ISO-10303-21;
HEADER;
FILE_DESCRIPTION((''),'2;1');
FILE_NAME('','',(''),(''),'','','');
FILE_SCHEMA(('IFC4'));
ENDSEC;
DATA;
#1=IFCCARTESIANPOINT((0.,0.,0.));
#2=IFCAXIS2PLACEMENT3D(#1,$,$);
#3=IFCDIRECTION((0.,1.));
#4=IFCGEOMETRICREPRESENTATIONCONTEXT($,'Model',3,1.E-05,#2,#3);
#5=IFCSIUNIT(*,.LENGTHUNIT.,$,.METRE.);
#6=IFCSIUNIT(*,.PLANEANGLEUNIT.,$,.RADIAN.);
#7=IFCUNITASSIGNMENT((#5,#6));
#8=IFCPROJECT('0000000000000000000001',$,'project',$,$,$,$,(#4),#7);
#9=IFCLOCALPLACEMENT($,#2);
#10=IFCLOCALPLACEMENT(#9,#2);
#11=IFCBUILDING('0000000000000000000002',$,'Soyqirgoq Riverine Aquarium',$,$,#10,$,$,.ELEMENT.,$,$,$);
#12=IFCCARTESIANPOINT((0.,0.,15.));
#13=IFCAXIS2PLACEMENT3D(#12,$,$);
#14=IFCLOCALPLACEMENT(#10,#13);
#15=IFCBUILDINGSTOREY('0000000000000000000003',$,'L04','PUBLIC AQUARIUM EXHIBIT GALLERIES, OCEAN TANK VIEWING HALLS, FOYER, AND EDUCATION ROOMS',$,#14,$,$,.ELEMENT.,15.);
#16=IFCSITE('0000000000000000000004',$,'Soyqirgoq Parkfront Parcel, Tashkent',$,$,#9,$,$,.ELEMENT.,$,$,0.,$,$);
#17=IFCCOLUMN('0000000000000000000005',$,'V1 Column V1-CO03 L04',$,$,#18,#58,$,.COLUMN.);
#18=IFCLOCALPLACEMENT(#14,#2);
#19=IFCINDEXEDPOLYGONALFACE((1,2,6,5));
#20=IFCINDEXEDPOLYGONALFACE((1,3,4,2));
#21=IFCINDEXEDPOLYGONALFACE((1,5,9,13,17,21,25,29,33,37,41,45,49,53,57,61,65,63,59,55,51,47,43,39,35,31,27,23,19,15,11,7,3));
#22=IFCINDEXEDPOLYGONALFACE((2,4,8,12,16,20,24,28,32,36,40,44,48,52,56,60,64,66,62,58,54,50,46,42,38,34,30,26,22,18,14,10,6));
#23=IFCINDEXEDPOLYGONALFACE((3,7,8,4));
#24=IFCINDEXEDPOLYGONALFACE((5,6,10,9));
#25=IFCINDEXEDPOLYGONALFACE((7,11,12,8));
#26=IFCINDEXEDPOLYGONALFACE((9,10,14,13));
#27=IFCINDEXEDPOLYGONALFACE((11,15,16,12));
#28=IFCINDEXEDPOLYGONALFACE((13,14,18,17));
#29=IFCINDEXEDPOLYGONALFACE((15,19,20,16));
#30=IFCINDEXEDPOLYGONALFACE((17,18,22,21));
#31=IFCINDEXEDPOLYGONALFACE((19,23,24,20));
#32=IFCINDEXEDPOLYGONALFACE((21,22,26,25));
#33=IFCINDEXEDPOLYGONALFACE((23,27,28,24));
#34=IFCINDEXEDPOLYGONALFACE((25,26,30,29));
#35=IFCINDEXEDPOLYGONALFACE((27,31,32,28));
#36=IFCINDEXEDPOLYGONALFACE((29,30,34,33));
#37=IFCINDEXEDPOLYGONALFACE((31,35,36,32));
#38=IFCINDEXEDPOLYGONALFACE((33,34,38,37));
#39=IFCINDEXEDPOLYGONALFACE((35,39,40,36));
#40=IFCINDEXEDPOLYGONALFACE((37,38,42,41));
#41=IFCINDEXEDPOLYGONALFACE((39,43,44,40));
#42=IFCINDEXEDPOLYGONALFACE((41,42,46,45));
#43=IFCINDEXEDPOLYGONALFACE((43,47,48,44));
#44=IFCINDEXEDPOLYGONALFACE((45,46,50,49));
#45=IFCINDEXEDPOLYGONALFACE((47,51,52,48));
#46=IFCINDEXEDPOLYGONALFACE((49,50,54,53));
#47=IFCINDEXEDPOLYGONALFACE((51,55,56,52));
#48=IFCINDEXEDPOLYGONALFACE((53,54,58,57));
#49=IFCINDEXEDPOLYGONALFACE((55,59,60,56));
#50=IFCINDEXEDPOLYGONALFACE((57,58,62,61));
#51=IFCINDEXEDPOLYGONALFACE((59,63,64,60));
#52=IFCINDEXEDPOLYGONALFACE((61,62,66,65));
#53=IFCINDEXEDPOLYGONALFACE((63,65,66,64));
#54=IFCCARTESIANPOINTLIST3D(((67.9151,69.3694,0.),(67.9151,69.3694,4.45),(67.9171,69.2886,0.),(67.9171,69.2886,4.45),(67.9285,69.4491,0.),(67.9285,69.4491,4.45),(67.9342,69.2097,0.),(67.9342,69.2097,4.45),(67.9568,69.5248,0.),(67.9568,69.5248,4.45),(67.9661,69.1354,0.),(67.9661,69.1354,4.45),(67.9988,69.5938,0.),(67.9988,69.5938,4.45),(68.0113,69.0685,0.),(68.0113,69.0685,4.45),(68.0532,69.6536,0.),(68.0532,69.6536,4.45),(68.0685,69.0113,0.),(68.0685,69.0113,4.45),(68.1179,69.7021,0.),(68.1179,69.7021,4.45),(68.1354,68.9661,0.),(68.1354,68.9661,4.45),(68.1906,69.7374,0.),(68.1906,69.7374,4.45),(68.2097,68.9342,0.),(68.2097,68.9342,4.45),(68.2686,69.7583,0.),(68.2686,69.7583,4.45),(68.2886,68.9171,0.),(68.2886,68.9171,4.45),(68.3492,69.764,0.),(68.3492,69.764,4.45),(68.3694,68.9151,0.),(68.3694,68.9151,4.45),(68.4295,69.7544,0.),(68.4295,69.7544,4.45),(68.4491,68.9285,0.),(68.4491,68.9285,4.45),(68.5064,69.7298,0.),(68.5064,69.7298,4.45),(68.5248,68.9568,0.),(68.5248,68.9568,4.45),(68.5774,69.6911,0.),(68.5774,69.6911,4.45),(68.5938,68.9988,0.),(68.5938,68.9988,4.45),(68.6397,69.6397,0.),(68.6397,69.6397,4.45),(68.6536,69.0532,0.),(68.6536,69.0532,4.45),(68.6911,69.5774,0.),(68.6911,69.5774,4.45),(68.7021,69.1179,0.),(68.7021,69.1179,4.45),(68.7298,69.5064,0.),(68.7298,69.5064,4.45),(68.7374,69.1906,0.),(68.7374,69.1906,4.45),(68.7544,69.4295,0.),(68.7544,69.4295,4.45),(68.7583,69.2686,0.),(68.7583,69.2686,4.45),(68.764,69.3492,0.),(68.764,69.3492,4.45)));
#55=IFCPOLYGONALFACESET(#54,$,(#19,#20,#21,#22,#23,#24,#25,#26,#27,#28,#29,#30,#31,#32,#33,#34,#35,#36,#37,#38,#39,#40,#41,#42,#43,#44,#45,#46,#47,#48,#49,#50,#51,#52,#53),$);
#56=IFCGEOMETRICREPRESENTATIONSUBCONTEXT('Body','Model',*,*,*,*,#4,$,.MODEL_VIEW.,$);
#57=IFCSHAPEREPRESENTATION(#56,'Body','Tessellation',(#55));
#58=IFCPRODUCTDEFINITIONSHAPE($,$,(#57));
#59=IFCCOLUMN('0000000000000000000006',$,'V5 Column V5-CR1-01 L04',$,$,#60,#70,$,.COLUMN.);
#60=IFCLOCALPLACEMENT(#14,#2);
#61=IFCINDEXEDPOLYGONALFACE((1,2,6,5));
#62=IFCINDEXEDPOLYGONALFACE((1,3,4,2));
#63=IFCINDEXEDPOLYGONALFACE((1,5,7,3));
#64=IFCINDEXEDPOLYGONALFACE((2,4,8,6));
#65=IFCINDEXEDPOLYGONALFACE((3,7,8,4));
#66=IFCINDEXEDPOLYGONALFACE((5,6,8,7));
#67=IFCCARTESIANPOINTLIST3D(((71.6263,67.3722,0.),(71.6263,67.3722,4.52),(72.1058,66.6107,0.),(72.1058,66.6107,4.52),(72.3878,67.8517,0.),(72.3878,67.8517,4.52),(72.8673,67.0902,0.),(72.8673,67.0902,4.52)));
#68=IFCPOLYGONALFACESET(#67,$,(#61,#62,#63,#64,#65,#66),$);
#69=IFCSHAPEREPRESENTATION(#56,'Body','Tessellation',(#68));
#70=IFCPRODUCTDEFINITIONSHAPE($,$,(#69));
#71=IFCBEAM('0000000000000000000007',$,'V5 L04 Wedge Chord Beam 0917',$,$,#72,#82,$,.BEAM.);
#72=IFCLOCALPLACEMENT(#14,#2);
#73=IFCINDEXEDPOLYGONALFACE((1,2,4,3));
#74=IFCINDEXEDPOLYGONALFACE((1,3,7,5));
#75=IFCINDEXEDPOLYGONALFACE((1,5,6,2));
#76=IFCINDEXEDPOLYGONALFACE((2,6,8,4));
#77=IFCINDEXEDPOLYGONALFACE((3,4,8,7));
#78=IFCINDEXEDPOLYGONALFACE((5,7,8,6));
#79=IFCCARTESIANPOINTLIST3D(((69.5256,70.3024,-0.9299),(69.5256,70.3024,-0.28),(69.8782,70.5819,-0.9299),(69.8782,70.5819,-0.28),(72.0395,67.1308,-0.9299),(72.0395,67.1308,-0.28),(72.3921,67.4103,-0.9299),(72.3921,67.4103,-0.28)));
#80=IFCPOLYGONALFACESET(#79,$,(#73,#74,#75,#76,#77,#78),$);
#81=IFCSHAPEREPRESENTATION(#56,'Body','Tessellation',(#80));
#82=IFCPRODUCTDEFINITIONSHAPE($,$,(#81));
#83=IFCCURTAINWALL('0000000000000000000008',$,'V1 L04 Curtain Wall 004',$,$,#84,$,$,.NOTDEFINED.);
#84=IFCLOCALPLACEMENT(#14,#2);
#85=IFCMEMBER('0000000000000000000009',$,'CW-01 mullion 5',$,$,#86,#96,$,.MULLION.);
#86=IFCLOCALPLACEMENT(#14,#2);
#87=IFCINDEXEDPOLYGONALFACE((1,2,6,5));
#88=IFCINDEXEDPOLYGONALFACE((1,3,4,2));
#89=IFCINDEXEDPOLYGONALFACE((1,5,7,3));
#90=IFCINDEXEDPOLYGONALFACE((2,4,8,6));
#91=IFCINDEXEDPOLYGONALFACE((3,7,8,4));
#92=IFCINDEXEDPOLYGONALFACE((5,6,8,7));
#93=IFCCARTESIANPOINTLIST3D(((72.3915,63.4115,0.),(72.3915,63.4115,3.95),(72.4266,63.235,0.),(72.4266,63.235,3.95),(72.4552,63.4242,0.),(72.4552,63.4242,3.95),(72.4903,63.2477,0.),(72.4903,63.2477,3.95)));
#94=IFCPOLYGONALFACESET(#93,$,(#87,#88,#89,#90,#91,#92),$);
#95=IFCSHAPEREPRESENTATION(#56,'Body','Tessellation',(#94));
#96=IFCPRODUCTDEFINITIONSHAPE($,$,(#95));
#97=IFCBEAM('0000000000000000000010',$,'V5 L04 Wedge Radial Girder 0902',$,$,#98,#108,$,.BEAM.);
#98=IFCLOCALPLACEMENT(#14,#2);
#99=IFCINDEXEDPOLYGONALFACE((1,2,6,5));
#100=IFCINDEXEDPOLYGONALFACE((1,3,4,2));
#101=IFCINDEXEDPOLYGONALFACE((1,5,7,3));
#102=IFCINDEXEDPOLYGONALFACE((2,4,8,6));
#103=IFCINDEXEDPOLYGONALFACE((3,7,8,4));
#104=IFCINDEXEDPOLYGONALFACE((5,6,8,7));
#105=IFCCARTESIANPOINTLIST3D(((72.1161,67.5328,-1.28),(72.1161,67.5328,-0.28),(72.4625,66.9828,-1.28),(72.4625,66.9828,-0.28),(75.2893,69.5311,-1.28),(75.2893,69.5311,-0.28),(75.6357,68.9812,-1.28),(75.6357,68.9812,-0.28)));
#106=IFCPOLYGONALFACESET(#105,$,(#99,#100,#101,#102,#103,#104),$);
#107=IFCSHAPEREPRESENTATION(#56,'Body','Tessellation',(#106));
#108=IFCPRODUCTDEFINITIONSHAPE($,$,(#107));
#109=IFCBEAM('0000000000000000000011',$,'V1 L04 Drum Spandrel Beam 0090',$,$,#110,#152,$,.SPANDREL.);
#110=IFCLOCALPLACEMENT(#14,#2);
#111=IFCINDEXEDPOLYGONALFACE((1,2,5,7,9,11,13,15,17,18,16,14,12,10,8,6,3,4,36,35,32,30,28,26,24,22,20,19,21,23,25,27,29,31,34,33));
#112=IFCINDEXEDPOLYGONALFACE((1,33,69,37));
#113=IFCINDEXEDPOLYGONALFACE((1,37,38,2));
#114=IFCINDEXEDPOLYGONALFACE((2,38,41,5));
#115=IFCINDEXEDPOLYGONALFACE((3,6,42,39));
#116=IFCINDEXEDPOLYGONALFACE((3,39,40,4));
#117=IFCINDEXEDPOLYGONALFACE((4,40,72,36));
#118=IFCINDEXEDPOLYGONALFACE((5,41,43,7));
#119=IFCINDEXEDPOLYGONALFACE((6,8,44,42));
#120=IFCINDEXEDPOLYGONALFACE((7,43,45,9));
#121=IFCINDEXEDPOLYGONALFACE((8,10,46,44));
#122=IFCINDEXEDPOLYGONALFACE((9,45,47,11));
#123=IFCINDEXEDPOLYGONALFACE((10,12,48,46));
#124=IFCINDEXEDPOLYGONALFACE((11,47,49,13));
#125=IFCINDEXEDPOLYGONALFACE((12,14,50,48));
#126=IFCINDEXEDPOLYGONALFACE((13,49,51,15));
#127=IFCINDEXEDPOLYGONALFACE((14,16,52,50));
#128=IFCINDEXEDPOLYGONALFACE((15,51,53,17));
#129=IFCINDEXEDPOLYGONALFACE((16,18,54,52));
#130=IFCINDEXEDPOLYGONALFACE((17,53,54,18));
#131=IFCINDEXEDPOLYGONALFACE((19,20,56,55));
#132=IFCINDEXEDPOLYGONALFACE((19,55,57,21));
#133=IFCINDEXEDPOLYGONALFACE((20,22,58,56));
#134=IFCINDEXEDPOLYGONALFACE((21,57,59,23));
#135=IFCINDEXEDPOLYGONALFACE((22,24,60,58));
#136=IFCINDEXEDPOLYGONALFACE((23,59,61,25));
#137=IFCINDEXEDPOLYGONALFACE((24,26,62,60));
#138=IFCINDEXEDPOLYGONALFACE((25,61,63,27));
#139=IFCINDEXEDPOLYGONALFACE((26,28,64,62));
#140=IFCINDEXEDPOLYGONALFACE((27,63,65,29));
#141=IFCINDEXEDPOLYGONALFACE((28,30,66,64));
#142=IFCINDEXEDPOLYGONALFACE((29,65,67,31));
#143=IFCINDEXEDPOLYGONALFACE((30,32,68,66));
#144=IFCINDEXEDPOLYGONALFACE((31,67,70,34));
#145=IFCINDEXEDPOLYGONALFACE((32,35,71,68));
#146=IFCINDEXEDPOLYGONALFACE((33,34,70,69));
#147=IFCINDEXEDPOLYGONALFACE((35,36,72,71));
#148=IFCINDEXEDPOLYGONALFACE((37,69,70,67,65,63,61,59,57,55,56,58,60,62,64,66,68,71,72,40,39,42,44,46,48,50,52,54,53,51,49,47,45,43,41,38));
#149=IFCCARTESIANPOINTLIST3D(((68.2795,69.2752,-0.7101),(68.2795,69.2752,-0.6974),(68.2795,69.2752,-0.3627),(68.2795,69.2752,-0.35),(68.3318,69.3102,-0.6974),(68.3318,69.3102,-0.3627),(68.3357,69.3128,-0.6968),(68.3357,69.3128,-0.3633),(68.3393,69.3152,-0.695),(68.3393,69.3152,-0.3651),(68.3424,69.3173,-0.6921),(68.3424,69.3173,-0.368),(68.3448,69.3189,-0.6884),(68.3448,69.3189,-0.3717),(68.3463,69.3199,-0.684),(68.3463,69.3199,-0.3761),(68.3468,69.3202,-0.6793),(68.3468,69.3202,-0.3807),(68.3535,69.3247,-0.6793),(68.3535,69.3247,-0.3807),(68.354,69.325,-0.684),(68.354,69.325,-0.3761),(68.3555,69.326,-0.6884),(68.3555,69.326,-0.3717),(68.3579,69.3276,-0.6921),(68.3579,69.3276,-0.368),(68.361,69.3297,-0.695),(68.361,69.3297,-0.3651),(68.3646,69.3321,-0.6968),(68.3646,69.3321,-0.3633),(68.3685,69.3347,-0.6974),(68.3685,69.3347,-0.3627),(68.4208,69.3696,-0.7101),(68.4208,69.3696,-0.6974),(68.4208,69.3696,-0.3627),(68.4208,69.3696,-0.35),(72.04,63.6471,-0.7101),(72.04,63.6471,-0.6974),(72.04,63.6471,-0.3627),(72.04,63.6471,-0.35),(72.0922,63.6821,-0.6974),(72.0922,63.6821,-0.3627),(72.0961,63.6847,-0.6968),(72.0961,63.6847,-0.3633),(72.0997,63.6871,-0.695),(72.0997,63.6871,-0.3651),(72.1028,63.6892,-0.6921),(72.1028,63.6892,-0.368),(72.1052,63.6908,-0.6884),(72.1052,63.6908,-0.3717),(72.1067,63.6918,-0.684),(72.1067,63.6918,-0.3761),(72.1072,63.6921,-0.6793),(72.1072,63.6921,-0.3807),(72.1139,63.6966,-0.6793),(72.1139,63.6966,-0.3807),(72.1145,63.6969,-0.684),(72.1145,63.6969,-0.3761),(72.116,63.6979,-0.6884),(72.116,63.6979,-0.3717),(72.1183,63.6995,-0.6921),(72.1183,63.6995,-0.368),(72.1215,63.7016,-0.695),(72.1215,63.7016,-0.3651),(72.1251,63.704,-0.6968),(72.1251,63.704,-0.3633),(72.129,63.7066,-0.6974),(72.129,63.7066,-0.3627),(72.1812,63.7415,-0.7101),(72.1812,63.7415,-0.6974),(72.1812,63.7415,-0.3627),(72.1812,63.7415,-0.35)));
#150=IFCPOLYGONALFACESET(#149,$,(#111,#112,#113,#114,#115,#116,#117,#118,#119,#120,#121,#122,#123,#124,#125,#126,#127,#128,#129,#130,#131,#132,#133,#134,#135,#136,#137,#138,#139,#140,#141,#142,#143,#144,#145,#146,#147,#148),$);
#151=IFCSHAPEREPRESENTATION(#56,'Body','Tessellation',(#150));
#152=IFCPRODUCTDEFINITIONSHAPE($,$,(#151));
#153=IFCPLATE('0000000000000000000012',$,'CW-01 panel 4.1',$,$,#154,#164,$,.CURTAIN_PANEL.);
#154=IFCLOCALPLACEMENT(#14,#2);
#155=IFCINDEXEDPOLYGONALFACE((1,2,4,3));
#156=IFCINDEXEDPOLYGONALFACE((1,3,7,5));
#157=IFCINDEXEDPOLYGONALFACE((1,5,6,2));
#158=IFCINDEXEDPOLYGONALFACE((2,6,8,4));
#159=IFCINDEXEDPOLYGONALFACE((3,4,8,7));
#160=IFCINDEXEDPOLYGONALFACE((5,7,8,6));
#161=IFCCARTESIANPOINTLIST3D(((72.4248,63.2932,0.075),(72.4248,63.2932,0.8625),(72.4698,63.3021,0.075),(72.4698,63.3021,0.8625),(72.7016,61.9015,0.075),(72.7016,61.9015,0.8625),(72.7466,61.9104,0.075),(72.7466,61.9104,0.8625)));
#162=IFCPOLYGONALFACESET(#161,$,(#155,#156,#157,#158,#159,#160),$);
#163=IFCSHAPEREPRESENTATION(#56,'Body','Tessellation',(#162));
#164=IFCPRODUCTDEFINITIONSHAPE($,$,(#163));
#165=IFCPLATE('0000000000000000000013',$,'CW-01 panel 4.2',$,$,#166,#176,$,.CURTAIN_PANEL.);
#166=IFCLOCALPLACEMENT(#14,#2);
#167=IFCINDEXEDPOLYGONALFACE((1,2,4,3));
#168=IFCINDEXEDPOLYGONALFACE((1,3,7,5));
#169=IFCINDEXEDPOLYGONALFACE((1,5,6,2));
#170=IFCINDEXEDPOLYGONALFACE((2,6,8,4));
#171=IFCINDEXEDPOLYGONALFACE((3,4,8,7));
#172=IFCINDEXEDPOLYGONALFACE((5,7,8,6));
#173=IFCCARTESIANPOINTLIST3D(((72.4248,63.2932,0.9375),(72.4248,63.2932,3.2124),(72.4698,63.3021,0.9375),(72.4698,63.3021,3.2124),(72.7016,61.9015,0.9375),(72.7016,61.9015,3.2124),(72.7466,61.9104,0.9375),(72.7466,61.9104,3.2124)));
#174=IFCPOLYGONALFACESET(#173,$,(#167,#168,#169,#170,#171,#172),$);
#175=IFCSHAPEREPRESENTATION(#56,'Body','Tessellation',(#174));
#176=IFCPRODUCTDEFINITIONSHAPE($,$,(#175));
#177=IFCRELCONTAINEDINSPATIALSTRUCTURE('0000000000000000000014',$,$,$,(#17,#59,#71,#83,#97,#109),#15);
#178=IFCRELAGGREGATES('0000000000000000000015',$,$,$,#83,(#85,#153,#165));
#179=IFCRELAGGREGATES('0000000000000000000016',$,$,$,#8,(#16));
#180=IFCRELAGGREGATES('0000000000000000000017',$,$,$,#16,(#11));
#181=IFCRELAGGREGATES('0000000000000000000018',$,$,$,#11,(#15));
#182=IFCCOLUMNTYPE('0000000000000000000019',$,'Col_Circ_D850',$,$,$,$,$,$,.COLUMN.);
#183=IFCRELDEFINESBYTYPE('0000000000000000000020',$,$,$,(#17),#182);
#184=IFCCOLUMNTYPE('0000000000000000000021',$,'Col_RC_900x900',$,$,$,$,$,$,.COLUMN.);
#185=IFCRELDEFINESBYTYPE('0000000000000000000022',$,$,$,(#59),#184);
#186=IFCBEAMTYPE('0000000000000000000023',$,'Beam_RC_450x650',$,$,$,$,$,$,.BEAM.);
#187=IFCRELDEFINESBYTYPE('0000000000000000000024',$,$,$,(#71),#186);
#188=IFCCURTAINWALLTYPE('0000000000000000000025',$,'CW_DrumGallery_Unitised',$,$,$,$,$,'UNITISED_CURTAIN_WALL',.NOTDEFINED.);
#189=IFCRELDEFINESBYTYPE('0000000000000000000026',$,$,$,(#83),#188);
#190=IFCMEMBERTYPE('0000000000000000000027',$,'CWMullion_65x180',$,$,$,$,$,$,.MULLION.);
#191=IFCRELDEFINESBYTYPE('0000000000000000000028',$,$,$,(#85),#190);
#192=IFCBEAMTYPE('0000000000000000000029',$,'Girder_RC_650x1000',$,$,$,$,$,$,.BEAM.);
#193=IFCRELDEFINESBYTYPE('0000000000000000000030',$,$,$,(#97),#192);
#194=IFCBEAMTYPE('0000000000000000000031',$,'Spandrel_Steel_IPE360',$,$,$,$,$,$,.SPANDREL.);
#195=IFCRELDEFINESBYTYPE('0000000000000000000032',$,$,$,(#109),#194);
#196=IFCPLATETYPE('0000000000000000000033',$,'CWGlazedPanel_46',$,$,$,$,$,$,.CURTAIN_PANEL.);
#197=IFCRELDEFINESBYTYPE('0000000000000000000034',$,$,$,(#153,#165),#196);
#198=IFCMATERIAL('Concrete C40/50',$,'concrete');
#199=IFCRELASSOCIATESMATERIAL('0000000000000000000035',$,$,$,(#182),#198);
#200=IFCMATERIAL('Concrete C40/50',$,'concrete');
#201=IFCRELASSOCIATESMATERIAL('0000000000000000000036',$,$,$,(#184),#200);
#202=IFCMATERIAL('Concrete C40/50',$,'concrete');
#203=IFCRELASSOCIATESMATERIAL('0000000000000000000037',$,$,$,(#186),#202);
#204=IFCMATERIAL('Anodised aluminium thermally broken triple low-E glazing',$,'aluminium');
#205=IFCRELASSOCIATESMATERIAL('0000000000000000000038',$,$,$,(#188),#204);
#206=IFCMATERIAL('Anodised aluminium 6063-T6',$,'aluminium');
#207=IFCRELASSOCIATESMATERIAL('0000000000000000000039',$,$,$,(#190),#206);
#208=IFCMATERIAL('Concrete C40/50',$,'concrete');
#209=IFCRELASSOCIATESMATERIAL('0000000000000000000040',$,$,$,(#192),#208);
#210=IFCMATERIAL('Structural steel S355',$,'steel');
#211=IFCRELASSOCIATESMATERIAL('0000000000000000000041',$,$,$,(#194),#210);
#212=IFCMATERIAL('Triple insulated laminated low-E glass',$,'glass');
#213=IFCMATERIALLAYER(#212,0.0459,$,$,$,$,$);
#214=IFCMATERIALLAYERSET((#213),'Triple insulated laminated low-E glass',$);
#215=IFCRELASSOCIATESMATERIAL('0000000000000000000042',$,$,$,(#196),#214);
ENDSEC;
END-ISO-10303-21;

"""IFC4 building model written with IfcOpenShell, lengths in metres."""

from ifc_helpers import new_model, si_unit, direction, frame, origin, origin_2d, place, context, subcontext, project, spatial, rectangle, circle, i_section, extrude, material, layer, layer_set, material_profile, profile_set, type_object, element, aggregate, save


model = new_model("IFC4")

# Units and contexts
model_context = context("Model", 3, precision=1e-05, world=origin(), true_north=direction((0.0, 1.0)))
body_context = subcontext(model_context, "Body", "Model", "MODEL_VIEW")
ifc_project = project(units=[si_unit("LENGTHUNIT", "METRE"), si_unit("PLANEANGLEUNIT", "RADIAN")], contexts=[model_context])

# Site, building, storey
site_placement = place(None, origin())
site = spatial("IfcSite", under=ifc_project, at=site_placement, Name="Soyqirgoq Parkfront Parcel, Tashkent", CompositionType="ELEMENT", RefElevation=0.0)
building_placement = place(site_placement, origin())
building = spatial("IfcBuilding", under=site, at=building_placement, Name="Soyqirgoq Riverine Aquarium", CompositionType="ELEMENT")
storey_placement = place(building_placement, frame((0.0, 0.0, 15.0)))
storey = spatial("IfcBuildingStorey", under=building, at=storey_placement, Name="L04", Description="PUBLIC AQUARIUM EXHIBIT GALLERIES, OCEAN TANK VIEWING HALLS, FOYER, AND EDUCATION ROOMS", CompositionType="ELEMENT", Elevation=15.0)

# Columns
ifc_material_1 = material(Name="Concrete C40/50", Category="concrete")
ifc_material_profile_1 = material_profile(ifc_material_1, circle(Radius=0.425, at=origin_2d()), Name="RC-COL D850")
ifc_profile_set_1 = profile_set([ifc_material_profile_1], Name="Concrete C40/50")
column_type_1 = type_object("IfcColumnType", Name="Col_Circ_D850", PredefinedType="COLUMN", material=ifc_profile_set_1)
for number, where, z_axis, x_axis, name in (
    (1, (68.3391, 69.3391, 0.0), (0.0, 0.0, 1.0), (0.707107, 0.707107, 0.0), "V1 Column V1-CO03 L04"),
):
    element("IfcColumn", number, at=place(storey_placement, frame(where, z_axis=z_axis, x_axis=x_axis)), inside=storey, type_object=column_type_1, Name=name, PredefinedType="COLUMN", context=body_context, shape_type="SweptSolid", body=[
        extrude(circle(Radius=0.425, at=origin_2d()), origin(), (0.0, 0.0, 1.0), 4.45),
    ])
ifc_material_2 = material(Name="Concrete C40/50", Category="concrete")
ifc_material_profile_2 = material_profile(ifc_material_2, rectangle(XDim=0.8999, YDim=0.8999, at=origin_2d()), Name="RC 900x900")
ifc_profile_set_2 = profile_set([ifc_material_profile_2], Name="Concrete C40/50")
column_type_2 = type_object("IfcColumnType", Name="Col_RC_900x900", PredefinedType="COLUMN", material=ifc_profile_set_2)
column_placement = place(storey_placement, frame((72.2468, 67.2312, 0.0), z_axis=(0.0, 0.0, 1.0), x_axis=(0.846193, 0.532876, 0.0)))
element("IfcColumn", 2, at=column_placement, inside=storey, type_object=column_type_2, Name="V5 Column V5-CR1-01 L04", PredefinedType="COLUMN", context=body_context, shape_type="SweptSolid", body=[
    extrude(rectangle(XDim=0.8999, YDim=0.8999, at=origin_2d()), origin(), (0.0, 0.0, 1.0), 4.52),
])

# Beam
ifc_material_3 = material(Name="Concrete C40/50", Category="concrete")
ifc_material_profile_3 = material_profile(ifc_material_3, rectangle(XDim=0.45, YDim=0.6499, at=origin_2d()), Name="RC 450x650")
ifc_profile_set_3 = profile_set([ifc_material_profile_3], Name="Concrete C40/50")
beam_type_1 = type_object("IfcBeamType", Name="Beam_RC_450x650", PredefinedType="BEAM", material=ifc_profile_set_3)
beam_1_placement = place(storey_placement, frame((72.2158, 67.2705, -0.605), z_axis=(-0.621165, 0.78368, 0.0), x_axis=(-0.78368, -0.621165, 0.0)))
element("IfcBeam", 3, at=beam_1_placement, inside=storey, type_object=beam_type_1, Name="V5 L04 Wedge Chord Beam 0917", PredefinedType="BEAM", context=body_context, shape_type="SweptSolid", body=[
    extrude(rectangle(XDim=0.45, YDim=0.6499, at=origin_2d()), origin(), (0.0, 0.0, 1.0), 4.0471),
])

# Curtain wall, member
ifc_material_4 = material(Name="Anodised aluminium thermally broken triple low-E glazing", Category="aluminium")
curtain_wall_type = type_object("IfcCurtainWallType", Name="CW_DrumGallery_Unitised", ElementType="UNITISED_CURTAIN_WALL", PredefinedType="NOTDEFINED", material=ifc_material_4)
curtain_wall_placement = place(storey_placement, origin())
curtain_wall = element("IfcCurtainWall", 4, at=curtain_wall_placement, inside=storey, type_object=curtain_wall_type, Name="V1 L04 Curtain Wall 004", PredefinedType="NOTDEFINED")
ifc_material_5 = material(Name="Anodised aluminium 6063-T6", Category="aluminium")
ifc_material_profile_4 = material_profile(ifc_material_5, rectangle(XDim=0.0649, YDim=0.1799, at=origin_2d()), Name="ALU-M 65x180")
ifc_profile_set_4 = profile_set([ifc_material_profile_4], Name="Anodised aluminium 6063-T6")
member_type = type_object("IfcMemberType", Name="CWMullion_65x180", PredefinedType="MULLION", material=ifc_profile_set_4)
member_placement = place(storey_placement, frame((72.4409, 63.3296, 0.0), z_axis=(0.0, 0.0, 1.0), x_axis=(-0.980783, -0.195102, 0.0)))
member = element("IfcMember", 5, at=member_placement, type_object=member_type, Name="CW-01 mullion 5", PredefinedType="MULLION", context=body_context, shape_type="SweptSolid", body=[
    extrude(rectangle(XDim=0.0649, YDim=0.1799, at=origin_2d()), origin(), (0.0, 0.0, 1.0), 3.95),
])

# Beams
ifc_material_6 = material(Name="Concrete C40/50", Category="concrete")
ifc_material_profile_5 = material_profile(ifc_material_6, rectangle(XDim=0.6499, YDim=1.0, at=origin_2d()), Name="RC 650x1000")
ifc_profile_set_5 = profile_set([ifc_material_profile_5], Name="Concrete C40/50")
beam_type_2 = type_object("IfcBeamType", Name="Girder_RC_650x1000", PredefinedType="BEAM", material=ifc_profile_set_5)
beam_2_placement = place(storey_placement, frame((72.2893, 67.2578, -0.78), z_axis=(0.846183, 0.532893, 0.0), x_axis=(-0.532893, 0.846183, 0.0)))
element("IfcBeam", 6, at=beam_2_placement, inside=storey, type_object=beam_type_2, Name="V5 L04 Wedge Radial Girder 0902", PredefinedType="BEAM", context=body_context, shape_type="SweptSolid", body=[
    extrude(rectangle(XDim=0.6499, YDim=1.0, at=origin_2d()), origin(), (0.0, 0.0, 1.0), 3.75),
])
ifc_material_7 = material(Name="Structural steel S355", Category="steel")
ifc_material_profile_6 = material_profile(ifc_material_7, i_section(OverallWidth=0.1699, OverallDepth=0.3601, WebThickness=0.0081, FlangeThickness=0.0127, FilletRadius=0.0181, at=origin_2d()), Name="IPE 360")
ifc_profile_set_6 = profile_set([ifc_material_profile_6], Name="Structural steel S355")
beam_type_3 = type_object("IfcBeamType", Name="Spandrel_Steel_IPE360", PredefinedType="SPANDREL", material=ifc_profile_set_6)
beam_3_placement = place(storey_placement, frame((72.1106, 63.6943, -0.53), z_axis=(-0.555557, 0.831478, 0.0), x_axis=(-0.831478, -0.555557, 0.0)))
element("IfcBeam", 7, at=beam_3_placement, inside=storey, type_object=beam_type_3, Name="V1 L04 Drum Spandrel Beam 0090", PredefinedType="SPANDREL", context=body_context, shape_type="SweptSolid", body=[
    extrude(i_section(OverallWidth=0.1699, OverallDepth=0.3601, WebThickness=0.0081, FlangeThickness=0.0127, FilletRadius=0.0181, at=origin_2d()), origin(), (0.0, 0.0, 1.0), 6.7688),
])

# Plates
ifc_material_8 = material(Name="Triple insulated laminated low-E glass", Category="glass")
ifc_layer_1 = layer(ifc_material_8, 0.0459)
ifc_layer_set_1 = layer_set([ifc_layer_1], Name="Triple insulated laminated low-E glass")
plate_type = type_object("IfcPlateType", Name="CWGlazedPanel_46", PredefinedType="CURTAIN_PANEL", material=ifc_layer_set_1)
plate_1_placement = place(storey_placement, frame((72.5857, 62.6018, 0.075), z_axis=(0.0, 0.0, 1.0), x_axis=(-0.195102, 0.980783, 0.0)))
plate_1 = element("IfcPlate", 8, at=plate_1_placement, type_object=plate_type, Name="CW-01 panel 4.1", PredefinedType="CURTAIN_PANEL", context=body_context, shape_type="SweptSolid", body=[
    extrude(rectangle(XDim=1.4189, YDim=0.0459, at=origin_2d()), origin(), (0.0, 0.0, 1.0), 0.7876),
])
plate_2_placement = place(storey_placement, frame((72.5857, 62.6018, 0.9375), z_axis=(0.0, 0.0, 1.0), x_axis=(-0.195102, 0.980783, 0.0)))
plate_2 = element("IfcPlate", 9, at=plate_2_placement, type_object=plate_type, Name="CW-01 panel 4.2", PredefinedType="CURTAIN_PANEL", context=body_context, shape_type="SweptSolid", body=[
    extrude(rectangle(XDim=1.4189, YDim=0.0459, at=origin_2d()), origin(), (0.0, 0.0, 1.0), 2.2749),
])
aggregate(curtain_wall, [member, plate_1, plate_2])

save(model, "model.ifc")
